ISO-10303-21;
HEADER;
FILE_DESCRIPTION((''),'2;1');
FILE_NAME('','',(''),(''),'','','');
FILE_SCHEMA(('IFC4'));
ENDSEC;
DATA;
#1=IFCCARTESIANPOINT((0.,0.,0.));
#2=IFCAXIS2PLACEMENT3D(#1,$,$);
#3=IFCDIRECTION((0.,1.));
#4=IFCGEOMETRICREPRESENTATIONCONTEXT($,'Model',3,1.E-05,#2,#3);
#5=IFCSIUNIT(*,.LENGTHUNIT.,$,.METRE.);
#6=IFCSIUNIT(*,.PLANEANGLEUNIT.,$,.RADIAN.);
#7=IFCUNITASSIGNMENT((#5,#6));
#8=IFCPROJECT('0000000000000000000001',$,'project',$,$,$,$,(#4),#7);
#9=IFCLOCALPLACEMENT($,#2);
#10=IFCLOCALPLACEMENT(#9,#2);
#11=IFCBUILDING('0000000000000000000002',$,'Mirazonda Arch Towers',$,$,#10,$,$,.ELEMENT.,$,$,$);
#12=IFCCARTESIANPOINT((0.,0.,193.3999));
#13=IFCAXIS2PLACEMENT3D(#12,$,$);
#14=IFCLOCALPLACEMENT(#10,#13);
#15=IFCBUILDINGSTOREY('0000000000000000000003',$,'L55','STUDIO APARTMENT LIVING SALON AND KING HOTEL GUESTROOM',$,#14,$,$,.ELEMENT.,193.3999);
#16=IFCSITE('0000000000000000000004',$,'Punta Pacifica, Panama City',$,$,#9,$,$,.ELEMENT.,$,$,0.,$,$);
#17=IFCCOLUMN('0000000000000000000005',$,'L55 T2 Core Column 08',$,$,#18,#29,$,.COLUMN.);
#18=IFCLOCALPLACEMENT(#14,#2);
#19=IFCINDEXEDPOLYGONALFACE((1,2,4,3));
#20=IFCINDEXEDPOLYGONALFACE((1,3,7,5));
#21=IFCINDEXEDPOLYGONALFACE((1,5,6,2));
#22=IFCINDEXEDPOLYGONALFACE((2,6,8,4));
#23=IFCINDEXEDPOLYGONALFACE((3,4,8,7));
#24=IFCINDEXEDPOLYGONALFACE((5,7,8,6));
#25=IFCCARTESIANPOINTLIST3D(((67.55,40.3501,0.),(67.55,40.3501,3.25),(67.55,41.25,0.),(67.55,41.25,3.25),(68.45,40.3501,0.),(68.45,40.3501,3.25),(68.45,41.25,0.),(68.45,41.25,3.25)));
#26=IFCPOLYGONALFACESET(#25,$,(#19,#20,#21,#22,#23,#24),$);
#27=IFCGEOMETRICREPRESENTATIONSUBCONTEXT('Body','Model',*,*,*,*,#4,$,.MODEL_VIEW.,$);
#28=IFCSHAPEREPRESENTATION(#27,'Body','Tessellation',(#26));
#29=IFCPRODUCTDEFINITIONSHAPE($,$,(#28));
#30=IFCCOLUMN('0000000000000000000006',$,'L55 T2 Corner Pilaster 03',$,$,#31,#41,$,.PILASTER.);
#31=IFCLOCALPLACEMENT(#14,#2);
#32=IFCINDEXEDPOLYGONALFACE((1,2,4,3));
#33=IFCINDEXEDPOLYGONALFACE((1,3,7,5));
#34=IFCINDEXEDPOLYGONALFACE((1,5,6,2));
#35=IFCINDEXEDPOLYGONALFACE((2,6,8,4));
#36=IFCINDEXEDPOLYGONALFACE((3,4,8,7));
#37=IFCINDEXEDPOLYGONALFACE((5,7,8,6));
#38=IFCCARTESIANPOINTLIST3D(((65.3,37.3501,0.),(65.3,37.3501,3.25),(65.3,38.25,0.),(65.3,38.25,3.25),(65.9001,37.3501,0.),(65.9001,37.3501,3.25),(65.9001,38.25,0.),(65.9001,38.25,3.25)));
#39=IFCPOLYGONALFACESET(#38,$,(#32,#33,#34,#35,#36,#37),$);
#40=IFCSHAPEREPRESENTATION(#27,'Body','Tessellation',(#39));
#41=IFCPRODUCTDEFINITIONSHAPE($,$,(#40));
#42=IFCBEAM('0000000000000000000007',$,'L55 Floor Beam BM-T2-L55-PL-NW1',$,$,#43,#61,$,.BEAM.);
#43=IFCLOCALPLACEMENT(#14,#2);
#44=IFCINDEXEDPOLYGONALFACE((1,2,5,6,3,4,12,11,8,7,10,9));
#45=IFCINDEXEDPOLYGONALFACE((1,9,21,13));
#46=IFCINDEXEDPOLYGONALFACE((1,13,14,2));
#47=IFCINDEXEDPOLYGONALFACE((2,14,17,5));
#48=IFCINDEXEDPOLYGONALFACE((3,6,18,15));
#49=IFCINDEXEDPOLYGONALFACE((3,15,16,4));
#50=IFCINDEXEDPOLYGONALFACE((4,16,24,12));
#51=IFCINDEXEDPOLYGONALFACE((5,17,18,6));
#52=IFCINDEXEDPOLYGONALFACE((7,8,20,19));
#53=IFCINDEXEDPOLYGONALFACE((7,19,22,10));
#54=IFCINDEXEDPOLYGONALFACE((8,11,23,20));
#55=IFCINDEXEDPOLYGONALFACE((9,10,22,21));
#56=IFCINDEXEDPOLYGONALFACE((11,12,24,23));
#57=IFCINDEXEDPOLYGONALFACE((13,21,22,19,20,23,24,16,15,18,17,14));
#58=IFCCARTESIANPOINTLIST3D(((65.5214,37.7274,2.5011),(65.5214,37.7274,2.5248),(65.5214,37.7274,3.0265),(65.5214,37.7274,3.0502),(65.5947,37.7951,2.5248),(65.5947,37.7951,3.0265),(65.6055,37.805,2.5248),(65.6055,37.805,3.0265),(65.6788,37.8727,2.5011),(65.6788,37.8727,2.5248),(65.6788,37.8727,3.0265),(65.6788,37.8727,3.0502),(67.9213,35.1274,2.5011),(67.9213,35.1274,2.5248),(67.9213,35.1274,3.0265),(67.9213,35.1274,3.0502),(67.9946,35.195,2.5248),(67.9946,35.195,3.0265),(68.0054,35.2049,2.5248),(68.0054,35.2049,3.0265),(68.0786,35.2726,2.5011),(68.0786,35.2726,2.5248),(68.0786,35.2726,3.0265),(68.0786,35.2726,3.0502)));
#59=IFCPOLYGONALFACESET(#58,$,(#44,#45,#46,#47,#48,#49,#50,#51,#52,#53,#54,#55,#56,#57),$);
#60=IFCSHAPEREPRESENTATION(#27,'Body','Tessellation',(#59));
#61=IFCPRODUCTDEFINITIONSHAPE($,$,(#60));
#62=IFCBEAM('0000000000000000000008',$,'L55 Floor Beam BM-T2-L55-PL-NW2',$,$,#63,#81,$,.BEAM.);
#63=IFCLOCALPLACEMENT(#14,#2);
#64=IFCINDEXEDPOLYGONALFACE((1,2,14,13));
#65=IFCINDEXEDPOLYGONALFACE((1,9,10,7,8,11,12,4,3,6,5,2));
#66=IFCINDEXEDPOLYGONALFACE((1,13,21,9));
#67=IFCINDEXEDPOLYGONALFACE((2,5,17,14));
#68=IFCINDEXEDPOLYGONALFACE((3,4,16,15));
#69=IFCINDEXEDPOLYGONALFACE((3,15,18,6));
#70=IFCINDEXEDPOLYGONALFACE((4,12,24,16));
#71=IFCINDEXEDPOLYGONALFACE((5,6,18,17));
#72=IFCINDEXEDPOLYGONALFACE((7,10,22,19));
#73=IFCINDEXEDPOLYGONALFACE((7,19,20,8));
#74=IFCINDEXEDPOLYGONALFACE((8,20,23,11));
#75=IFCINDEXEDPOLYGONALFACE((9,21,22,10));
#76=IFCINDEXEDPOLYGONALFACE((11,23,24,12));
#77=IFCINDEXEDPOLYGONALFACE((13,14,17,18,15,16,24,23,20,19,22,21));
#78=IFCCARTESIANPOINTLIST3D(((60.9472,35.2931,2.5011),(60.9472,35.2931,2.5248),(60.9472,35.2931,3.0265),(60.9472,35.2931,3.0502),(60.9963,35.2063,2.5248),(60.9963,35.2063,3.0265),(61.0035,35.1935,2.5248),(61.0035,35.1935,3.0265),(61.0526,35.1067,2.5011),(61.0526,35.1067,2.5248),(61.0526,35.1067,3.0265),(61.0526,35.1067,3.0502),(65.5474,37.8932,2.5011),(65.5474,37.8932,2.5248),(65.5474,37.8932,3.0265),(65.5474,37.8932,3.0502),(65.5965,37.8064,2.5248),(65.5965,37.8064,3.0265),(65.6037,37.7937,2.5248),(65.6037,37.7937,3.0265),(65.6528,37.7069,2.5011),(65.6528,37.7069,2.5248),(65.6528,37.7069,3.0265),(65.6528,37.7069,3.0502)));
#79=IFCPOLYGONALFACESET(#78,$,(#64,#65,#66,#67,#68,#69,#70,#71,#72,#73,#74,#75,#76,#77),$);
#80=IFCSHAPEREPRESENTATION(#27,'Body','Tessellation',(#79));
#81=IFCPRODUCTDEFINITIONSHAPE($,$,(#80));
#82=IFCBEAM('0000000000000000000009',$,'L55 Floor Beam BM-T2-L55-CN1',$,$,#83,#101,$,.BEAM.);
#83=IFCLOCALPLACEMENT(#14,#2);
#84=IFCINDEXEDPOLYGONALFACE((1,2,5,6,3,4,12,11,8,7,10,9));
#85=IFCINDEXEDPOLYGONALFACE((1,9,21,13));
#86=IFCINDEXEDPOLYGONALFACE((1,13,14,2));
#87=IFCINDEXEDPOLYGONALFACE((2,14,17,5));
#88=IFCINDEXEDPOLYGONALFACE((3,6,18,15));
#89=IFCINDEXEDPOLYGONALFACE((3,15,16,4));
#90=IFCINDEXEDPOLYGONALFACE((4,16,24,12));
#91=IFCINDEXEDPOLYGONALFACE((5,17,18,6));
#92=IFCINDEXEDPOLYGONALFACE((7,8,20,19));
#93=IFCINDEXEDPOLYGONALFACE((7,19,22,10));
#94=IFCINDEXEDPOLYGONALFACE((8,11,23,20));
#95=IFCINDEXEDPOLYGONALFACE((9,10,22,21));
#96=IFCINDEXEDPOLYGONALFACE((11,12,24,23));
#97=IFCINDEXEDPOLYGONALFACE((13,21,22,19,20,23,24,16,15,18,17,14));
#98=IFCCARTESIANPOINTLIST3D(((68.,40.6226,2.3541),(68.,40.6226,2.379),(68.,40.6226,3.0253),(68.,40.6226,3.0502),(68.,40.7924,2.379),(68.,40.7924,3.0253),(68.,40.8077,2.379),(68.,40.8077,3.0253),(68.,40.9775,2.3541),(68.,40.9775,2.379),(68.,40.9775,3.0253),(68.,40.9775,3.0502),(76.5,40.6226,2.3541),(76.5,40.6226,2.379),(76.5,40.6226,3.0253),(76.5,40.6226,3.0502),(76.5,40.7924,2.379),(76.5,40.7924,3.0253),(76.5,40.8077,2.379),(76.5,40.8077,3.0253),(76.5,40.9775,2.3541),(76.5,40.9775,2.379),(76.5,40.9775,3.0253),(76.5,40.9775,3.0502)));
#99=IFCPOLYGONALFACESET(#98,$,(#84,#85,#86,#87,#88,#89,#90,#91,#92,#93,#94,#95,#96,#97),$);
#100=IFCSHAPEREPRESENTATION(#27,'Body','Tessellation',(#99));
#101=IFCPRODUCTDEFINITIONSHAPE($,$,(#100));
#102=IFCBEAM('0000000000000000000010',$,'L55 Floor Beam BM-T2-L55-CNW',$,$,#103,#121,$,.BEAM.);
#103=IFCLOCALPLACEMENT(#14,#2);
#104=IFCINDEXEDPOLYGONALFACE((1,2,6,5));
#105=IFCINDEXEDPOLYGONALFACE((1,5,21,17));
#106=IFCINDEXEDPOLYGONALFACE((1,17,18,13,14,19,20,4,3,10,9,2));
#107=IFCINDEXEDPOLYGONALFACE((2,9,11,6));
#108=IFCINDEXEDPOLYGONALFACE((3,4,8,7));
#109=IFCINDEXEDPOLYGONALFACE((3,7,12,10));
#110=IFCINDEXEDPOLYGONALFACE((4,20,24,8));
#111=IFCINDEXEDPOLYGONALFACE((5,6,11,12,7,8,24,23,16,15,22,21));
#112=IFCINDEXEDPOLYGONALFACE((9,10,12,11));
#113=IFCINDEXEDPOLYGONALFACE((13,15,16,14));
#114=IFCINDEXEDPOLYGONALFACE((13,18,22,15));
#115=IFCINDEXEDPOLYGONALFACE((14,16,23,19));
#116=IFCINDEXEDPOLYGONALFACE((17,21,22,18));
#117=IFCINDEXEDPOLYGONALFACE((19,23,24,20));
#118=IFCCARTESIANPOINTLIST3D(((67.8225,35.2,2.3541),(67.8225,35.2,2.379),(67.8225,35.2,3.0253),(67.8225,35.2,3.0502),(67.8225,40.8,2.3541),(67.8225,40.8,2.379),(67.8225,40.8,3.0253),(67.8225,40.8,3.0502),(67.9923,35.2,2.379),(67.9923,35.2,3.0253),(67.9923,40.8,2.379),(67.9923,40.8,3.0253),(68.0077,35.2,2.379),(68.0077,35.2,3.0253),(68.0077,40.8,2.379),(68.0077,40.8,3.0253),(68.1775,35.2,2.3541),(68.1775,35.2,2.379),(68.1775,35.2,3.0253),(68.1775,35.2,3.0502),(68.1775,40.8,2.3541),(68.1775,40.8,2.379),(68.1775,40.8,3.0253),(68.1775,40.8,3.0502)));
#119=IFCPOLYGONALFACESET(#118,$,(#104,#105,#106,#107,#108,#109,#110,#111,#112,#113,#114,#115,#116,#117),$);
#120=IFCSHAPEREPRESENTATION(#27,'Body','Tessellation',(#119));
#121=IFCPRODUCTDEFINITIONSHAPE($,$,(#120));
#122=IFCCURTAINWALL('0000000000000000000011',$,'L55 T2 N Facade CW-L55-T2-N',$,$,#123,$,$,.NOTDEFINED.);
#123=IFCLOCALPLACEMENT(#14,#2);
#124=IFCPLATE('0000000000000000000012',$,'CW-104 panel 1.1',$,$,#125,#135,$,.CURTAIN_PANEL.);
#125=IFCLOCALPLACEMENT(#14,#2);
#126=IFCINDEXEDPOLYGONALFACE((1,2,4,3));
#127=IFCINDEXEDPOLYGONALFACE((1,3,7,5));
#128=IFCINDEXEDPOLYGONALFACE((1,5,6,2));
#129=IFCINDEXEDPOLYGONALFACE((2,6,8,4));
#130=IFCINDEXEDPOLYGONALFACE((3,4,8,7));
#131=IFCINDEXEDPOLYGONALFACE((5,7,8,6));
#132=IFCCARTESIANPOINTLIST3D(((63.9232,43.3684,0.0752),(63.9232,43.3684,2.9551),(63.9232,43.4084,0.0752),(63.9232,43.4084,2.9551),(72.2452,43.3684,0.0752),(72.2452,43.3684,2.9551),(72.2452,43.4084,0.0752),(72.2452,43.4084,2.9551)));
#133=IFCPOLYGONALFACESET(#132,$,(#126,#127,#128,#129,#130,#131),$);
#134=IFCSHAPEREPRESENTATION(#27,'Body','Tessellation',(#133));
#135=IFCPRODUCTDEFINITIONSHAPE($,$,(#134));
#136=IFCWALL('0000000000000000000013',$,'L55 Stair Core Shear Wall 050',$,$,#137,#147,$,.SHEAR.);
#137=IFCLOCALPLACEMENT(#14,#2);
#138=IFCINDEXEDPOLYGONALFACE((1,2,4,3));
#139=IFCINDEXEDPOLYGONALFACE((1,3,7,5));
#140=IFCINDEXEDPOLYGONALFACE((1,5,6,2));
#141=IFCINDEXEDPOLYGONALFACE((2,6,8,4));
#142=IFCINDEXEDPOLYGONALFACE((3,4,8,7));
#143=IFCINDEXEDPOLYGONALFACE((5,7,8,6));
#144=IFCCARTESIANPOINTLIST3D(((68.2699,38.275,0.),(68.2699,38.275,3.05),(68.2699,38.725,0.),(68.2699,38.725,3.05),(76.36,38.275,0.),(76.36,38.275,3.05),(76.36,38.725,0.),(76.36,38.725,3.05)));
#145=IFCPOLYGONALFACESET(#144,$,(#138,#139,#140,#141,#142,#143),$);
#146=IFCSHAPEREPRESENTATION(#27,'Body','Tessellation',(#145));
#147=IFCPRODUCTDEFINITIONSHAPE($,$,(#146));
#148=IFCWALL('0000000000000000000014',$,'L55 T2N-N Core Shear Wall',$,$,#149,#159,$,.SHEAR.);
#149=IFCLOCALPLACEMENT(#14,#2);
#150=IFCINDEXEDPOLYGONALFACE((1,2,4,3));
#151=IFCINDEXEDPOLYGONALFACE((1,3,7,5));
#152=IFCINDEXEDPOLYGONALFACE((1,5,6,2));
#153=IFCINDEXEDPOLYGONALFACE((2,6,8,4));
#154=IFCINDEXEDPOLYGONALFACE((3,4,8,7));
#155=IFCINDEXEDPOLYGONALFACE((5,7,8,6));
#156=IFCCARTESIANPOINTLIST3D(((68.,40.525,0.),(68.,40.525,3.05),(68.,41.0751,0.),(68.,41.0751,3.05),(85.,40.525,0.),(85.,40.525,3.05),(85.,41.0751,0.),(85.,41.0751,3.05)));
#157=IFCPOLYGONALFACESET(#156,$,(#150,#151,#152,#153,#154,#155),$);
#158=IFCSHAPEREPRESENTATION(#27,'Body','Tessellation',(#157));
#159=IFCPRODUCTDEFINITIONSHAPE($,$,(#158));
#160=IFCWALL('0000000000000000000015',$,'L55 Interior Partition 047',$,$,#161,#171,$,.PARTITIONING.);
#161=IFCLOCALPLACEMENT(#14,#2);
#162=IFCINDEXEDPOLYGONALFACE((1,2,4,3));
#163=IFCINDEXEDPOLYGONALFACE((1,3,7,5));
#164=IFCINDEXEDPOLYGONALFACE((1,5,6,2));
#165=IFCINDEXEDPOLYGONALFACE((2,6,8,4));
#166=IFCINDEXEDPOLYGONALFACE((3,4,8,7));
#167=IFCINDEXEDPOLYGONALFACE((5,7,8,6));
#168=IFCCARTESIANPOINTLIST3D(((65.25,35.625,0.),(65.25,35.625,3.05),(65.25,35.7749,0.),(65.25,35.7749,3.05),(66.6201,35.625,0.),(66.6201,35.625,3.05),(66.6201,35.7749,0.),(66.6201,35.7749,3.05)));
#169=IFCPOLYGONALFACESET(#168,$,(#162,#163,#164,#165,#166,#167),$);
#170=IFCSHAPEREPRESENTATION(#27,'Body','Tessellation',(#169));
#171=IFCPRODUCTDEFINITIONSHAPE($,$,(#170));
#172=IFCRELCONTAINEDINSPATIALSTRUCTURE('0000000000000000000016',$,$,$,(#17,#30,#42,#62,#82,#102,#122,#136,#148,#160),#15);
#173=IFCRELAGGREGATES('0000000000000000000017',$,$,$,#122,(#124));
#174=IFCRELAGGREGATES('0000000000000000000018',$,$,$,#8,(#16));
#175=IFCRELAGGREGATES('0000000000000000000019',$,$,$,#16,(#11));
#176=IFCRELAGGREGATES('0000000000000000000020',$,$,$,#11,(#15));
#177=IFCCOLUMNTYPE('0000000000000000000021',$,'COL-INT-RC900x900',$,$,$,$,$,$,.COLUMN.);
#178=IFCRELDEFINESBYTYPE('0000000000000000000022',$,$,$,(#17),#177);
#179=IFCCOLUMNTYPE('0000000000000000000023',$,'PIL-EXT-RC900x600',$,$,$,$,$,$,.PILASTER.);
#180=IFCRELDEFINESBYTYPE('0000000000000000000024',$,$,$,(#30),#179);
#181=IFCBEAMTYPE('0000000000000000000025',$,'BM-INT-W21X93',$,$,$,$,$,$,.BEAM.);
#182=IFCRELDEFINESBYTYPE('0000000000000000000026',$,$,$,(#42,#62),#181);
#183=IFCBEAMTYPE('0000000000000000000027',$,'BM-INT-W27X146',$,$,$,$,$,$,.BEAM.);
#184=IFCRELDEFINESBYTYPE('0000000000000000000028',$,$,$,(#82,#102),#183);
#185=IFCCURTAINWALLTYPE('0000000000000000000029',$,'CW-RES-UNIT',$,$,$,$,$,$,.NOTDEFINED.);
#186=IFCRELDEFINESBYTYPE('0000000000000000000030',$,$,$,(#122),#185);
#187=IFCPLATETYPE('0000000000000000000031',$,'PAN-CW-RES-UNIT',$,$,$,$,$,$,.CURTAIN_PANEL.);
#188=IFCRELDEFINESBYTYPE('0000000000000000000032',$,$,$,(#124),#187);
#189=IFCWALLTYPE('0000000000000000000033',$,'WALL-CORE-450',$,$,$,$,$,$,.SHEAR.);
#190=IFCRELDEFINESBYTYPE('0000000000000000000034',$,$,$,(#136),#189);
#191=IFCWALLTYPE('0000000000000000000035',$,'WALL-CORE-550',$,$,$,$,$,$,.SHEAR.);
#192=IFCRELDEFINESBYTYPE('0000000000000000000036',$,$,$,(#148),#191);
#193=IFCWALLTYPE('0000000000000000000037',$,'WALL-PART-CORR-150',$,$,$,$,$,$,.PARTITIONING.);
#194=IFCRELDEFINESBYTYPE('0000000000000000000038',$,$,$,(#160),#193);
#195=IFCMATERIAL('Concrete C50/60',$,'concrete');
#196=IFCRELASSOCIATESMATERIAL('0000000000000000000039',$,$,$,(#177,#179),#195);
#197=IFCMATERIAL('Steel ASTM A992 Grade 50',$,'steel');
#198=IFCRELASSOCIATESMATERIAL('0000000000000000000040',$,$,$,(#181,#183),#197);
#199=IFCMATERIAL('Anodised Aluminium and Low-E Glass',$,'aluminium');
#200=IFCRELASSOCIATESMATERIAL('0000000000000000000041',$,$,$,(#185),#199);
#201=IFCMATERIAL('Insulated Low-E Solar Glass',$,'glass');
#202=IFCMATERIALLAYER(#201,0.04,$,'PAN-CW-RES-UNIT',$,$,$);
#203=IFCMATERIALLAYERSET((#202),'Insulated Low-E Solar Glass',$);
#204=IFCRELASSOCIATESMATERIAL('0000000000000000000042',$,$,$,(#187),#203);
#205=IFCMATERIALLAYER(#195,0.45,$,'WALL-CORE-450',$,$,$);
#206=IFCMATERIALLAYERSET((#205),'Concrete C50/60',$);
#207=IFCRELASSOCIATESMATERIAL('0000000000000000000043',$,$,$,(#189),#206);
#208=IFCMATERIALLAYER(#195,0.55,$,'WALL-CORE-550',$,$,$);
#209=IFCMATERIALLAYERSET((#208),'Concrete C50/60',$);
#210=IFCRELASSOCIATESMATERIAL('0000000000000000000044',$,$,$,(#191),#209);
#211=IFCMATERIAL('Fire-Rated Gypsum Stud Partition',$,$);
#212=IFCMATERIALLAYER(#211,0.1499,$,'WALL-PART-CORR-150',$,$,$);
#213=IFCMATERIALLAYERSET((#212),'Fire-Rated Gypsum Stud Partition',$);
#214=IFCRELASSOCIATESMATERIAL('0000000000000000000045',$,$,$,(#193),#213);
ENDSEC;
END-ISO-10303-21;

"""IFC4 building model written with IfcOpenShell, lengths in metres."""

from ifc_helpers import new_model, si_unit, direction, frame, frame_2d, origin, origin_2d, place, context, subcontext, project, spatial, rectangle, i_section, extrude, material, layer, layer_set, material_profile, profile_set, type_object, element, aggregate, save


model = new_model("IFC4")

# Units and contexts
model_context = context("Model", 3, precision=1e-05, world=origin(), true_north=direction((0.0, 1.0)))
body_context = subcontext(model_context, "Body", "Model", "MODEL_VIEW")
ifc_project = project(units=[si_unit("LENGTHUNIT", "METRE"), si_unit("PLANEANGLEUNIT", "RADIAN")], contexts=[model_context])

# Site, building, storey
site_placement = place(None, origin())
site = spatial("IfcSite", under=ifc_project, at=site_placement, Name="Punta Pacifica, Panama City", CompositionType="ELEMENT", RefElevation=0.0)
building_placement = place(site_placement, origin())
building = spatial("IfcBuilding", under=site, at=building_placement, Name="Mirazonda Arch Towers", CompositionType="ELEMENT")
storey_placement = place(building_placement, frame((0.0, 0.0, 193.3999)))
storey = spatial("IfcBuildingStorey", under=building, at=storey_placement, Name="L55", Description="STUDIO APARTMENT LIVING SALON AND KING HOTEL GUESTROOM", CompositionType="ELEMENT", Elevation=193.3999)

# Columns
ifc_material_1 = material(Name="Concrete C50/60", Category="concrete")
ifc_material_profile_1 = material_profile(ifc_material_1, rectangle(XDim=0.8999, YDim=0.8999, at=origin_2d()), Name="RC900x900")
ifc_profile_set_1 = profile_set([ifc_material_profile_1], Name="Concrete C50/60")
column_type_1 = type_object("IfcColumnType", Name="COL-INT-RC900x900", PredefinedType="COLUMN", material=ifc_profile_set_1)
column_1_placement = place(storey_placement, frame((68.0, 40.8, 0.0), z_axis=(0.0, 0.0, 1.0), x_axis=(1.0, 0.0, 0.0)))
element("IfcColumn", 1, at=column_1_placement, inside=storey, type_object=column_type_1, Name="L55 T2 Core Column 08", PredefinedType="COLUMN", context=body_context, shape_type="SweptSolid", body=[
    extrude(rectangle(XDim=0.8999, YDim=0.8999, at=origin_2d()), origin(), (0.0, 0.0, 1.0), 3.25),
])
ifc_material_profile_2 = material_profile(ifc_material_1, rectangle(XDim=0.6001, YDim=0.8999, at=origin_2d()), Name="RC900x600")
ifc_profile_set_2 = profile_set([ifc_material_profile_2], Name="Concrete C50/60")
column_type_2 = type_object("IfcColumnType", Name="PIL-EXT-RC900x600", PredefinedType="PILASTER", material=ifc_profile_set_2)
column_2_placement = place(storey_placement, frame((65.6001, 37.8, 0.0), z_axis=(0.0, 0.0, 1.0), x_axis=(1.0, 0.0, 0.0)))
element("IfcColumn", 2, at=column_2_placement, inside=storey, type_object=column_type_2, Name="L55 T2 Corner Pilaster 03", PredefinedType="PILASTER", context=body_context, shape_type="SweptSolid", body=[
    extrude(rectangle(XDim=0.6001, YDim=0.8999, at=origin_2d()), origin(), (0.0, 0.0, 1.0), 3.25),
])

# Beams
ifc_material_2 = material(Name="Steel ASTM A992 Grade 50", Category="steel")
ifc_material_profile_3 = material_profile(ifc_material_2, i_section(OverallWidth=0.2141, OverallDepth=0.5491, WebThickness=0.0146, FlangeThickness=0.0237, at=origin_2d()), Name="W21X93")
ifc_profile_set_3 = profile_set([ifc_material_profile_3], Name="Steel ASTM A992 Grade 50")
beam_type_1 = type_object("IfcBeamType", Name="BM-INT-W21X93", PredefinedType="BEAM", material=ifc_profile_set_3)
beam_1_placement = place(storey_placement, frame((65.6001, 37.8, 2.7756), z_axis=(0.678251, -0.73483, 0.0), x_axis=(0.73483, 0.678251, 0.0)))
element("IfcBeam", 3, at=beam_1_placement, inside=storey, type_object=beam_type_1, Name="L55 Floor Beam BM-T2-L55-PL-NW1", PredefinedType="BEAM", context=body_context, shape_type="SweptSolid", body=[
    extrude(i_section(OverallWidth=0.2141, OverallDepth=0.5491, WebThickness=0.0146, FlangeThickness=0.0237, at=origin_2d()), origin(), (0.0, 0.0, 1.0), 3.5383),
])
beam_2_placement = place(storey_placement, frame((65.6001, 37.8, 2.7756), z_axis=(-0.870559, -0.492063, 0.0), x_axis=(0.492063, -0.870559, 0.0)))
element("IfcBeam", 4, at=beam_2_placement, inside=storey, type_object=beam_type_1, Name="L55 Floor Beam BM-T2-L55-PL-NW2", PredefinedType="BEAM", context=body_context, shape_type="SweptSolid", body=[
    extrude(i_section(OverallWidth=0.2141, OverallDepth=0.5491, WebThickness=0.0146, FlangeThickness=0.0237, at=origin_2d()), origin(), (0.0, 0.0, 1.0), 5.2842),
])
ifc_material_profile_4 = material_profile(ifc_material_2, i_section(OverallWidth=0.355, OverallDepth=0.696, WebThickness=0.0154, FlangeThickness=0.0249, at=origin_2d()), Name="W27X146")
ifc_profile_set_4 = profile_set([ifc_material_profile_4], Name="Steel ASTM A992 Grade 50")
beam_type_2 = type_object("IfcBeamType", Name="BM-INT-W27X146", PredefinedType="BEAM", material=ifc_profile_set_4)
beam_3_placement = place(storey_placement, frame((68.0, 40.8, 2.7021), z_axis=(1.0, 0.0, 0.0), x_axis=(0.0, 1.0, 0.0)))
element("IfcBeam", 5, at=beam_3_placement, inside=storey, type_object=beam_type_2, Name="L55 Floor Beam BM-T2-L55-CN1", PredefinedType="BEAM", context=body_context, shape_type="SweptSolid", body=[
    extrude(i_section(OverallWidth=0.355, OverallDepth=0.696, WebThickness=0.0154, FlangeThickness=0.0249, at=origin_2d()), origin(), (0.0, 0.0, 1.0), 8.5),
])
beam_4_placement = place(storey_placement, frame((68.0, 35.2, 2.7021), z_axis=(0.0, 1.0, 0.0), x_axis=(-1.0, 0.0, 0.0)))
element("IfcBeam", 6, at=beam_4_placement, inside=storey, type_object=beam_type_2, Name="L55 Floor Beam BM-T2-L55-CNW", PredefinedType="BEAM", context=body_context, shape_type="SweptSolid", body=[
    extrude(i_section(OverallWidth=0.355, OverallDepth=0.696, WebThickness=0.0154, FlangeThickness=0.0249, at=origin_2d()), origin(), (0.0, 0.0, 1.0), 5.6001),
])

# Curtain wall, plate
ifc_material_3 = material(Name="Anodised Aluminium and Low-E Glass", Category="aluminium")
curtain_wall_type = type_object("IfcCurtainWallType", Name="CW-RES-UNIT", PredefinedType="NOTDEFINED", material=ifc_material_3)
curtain_wall_placement = place(storey_placement, origin())
curtain_wall = element("IfcCurtainWall", 7, at=curtain_wall_placement, inside=storey, type_object=curtain_wall_type, Name="L55 T2 N Facade CW-L55-T2-N", PredefinedType="NOTDEFINED")
ifc_material_4 = material(Name="Insulated Low-E Solar Glass", Category="glass")
ifc_layer_1 = layer(ifc_material_4, 0.04, Name="PAN-CW-RES-UNIT")
ifc_layer_set_1 = layer_set([ifc_layer_1], Name="Insulated Low-E Solar Glass")
plate_type = type_object("IfcPlateType", Name="PAN-CW-RES-UNIT", PredefinedType="CURTAIN_PANEL", material=ifc_layer_set_1)
plate_placement = place(storey_placement, frame((68.0842, 43.3884, 0.0752), z_axis=(0.0, 0.0, 1.0), x_axis=(1.0, 0.0, 0.0)))
plate = element("IfcPlate", 8, at=plate_placement, type_object=plate_type, Name="CW-104 panel 1.1", PredefinedType="CURTAIN_PANEL", context=body_context, shape_type="SweptSolid", body=[
    extrude(rectangle(XDim=8.322, YDim=0.04, at=origin_2d()), origin(), (0.0, 0.0, 1.0), 2.8799),
])
aggregate(curtain_wall, [plate])

# Walls
ifc_layer_2 = layer(ifc_material_1, 0.45, Name="WALL-CORE-450")
ifc_layer_set_2 = layer_set([ifc_layer_2], Name="Concrete C50/60")
wall_type_1 = type_object("IfcWallType", Name="WALL-CORE-450", PredefinedType="SHEAR", material=ifc_layer_set_2)
wall_1_placement = place(storey_placement, frame((68.27, 38.5, 0.0), z_axis=(0.0, 0.0, 1.0), x_axis=(1.0, 0.0, 0.0)))
element("IfcWall", 9, at=wall_1_placement, inside=storey, type_object=wall_type_1, Name="L55 Stair Core Shear Wall 050", PredefinedType="SHEAR", context=body_context, shape_type="SweptSolid", body=[
    extrude(rectangle(XDim=8.0901, YDim=0.45, at=frame_2d((4.0449, 0.0))), origin(), (0.0, 0.0, 1.0), 3.05),
])
ifc_layer_3 = layer(ifc_material_1, 0.55, Name="WALL-CORE-550")
ifc_layer_set_3 = layer_set([ifc_layer_3], Name="Concrete C50/60")
wall_type_2 = type_object("IfcWallType", Name="WALL-CORE-550", PredefinedType="SHEAR", material=ifc_layer_set_3)
wall_2_placement = place(storey_placement, frame((68.0, 40.8, 0.0), z_axis=(0.0, 0.0, 1.0), x_axis=(1.0, 0.0, 0.0)))
element("IfcWall", 10, at=wall_2_placement, inside=storey, type_object=wall_type_2, Name="L55 T2N-N Core Shear Wall", PredefinedType="SHEAR", context=body_context, shape_type="SweptSolid", body=[
    extrude(rectangle(XDim=17.0, YDim=0.55, at=frame_2d((8.5, 0.0))), origin(), (0.0, 0.0, 1.0), 3.05),
])
ifc_material_5 = material(Name="Fire-Rated Gypsum Stud Partition")
ifc_layer_4 = layer(ifc_material_5, 0.1499, Name="WALL-PART-CORR-150")
ifc_layer_set_4 = layer_set([ifc_layer_4], Name="Fire-Rated Gypsum Stud Partition")
wall_type_3 = type_object("IfcWallType", Name="WALL-PART-CORR-150", PredefinedType="PARTITIONING", material=ifc_layer_set_4)
wall_3_placement = place(storey_placement, frame((65.25, 35.7, 0.0), z_axis=(0.0, 0.0, 1.0), x_axis=(1.0, 0.0, 0.0)))
element("IfcWall", 11, at=wall_3_placement, inside=storey, type_object=wall_type_3, Name="L55 Interior Partition 047", PredefinedType="PARTITIONING", context=body_context, shape_type="SweptSolid", body=[
    extrude(rectangle(XDim=1.3701, YDim=0.1499, at=frame_2d((0.6851, 0.0))), origin(), (0.0, 0.0, 1.0), 3.05),
])

save(model, "model.ifc")
